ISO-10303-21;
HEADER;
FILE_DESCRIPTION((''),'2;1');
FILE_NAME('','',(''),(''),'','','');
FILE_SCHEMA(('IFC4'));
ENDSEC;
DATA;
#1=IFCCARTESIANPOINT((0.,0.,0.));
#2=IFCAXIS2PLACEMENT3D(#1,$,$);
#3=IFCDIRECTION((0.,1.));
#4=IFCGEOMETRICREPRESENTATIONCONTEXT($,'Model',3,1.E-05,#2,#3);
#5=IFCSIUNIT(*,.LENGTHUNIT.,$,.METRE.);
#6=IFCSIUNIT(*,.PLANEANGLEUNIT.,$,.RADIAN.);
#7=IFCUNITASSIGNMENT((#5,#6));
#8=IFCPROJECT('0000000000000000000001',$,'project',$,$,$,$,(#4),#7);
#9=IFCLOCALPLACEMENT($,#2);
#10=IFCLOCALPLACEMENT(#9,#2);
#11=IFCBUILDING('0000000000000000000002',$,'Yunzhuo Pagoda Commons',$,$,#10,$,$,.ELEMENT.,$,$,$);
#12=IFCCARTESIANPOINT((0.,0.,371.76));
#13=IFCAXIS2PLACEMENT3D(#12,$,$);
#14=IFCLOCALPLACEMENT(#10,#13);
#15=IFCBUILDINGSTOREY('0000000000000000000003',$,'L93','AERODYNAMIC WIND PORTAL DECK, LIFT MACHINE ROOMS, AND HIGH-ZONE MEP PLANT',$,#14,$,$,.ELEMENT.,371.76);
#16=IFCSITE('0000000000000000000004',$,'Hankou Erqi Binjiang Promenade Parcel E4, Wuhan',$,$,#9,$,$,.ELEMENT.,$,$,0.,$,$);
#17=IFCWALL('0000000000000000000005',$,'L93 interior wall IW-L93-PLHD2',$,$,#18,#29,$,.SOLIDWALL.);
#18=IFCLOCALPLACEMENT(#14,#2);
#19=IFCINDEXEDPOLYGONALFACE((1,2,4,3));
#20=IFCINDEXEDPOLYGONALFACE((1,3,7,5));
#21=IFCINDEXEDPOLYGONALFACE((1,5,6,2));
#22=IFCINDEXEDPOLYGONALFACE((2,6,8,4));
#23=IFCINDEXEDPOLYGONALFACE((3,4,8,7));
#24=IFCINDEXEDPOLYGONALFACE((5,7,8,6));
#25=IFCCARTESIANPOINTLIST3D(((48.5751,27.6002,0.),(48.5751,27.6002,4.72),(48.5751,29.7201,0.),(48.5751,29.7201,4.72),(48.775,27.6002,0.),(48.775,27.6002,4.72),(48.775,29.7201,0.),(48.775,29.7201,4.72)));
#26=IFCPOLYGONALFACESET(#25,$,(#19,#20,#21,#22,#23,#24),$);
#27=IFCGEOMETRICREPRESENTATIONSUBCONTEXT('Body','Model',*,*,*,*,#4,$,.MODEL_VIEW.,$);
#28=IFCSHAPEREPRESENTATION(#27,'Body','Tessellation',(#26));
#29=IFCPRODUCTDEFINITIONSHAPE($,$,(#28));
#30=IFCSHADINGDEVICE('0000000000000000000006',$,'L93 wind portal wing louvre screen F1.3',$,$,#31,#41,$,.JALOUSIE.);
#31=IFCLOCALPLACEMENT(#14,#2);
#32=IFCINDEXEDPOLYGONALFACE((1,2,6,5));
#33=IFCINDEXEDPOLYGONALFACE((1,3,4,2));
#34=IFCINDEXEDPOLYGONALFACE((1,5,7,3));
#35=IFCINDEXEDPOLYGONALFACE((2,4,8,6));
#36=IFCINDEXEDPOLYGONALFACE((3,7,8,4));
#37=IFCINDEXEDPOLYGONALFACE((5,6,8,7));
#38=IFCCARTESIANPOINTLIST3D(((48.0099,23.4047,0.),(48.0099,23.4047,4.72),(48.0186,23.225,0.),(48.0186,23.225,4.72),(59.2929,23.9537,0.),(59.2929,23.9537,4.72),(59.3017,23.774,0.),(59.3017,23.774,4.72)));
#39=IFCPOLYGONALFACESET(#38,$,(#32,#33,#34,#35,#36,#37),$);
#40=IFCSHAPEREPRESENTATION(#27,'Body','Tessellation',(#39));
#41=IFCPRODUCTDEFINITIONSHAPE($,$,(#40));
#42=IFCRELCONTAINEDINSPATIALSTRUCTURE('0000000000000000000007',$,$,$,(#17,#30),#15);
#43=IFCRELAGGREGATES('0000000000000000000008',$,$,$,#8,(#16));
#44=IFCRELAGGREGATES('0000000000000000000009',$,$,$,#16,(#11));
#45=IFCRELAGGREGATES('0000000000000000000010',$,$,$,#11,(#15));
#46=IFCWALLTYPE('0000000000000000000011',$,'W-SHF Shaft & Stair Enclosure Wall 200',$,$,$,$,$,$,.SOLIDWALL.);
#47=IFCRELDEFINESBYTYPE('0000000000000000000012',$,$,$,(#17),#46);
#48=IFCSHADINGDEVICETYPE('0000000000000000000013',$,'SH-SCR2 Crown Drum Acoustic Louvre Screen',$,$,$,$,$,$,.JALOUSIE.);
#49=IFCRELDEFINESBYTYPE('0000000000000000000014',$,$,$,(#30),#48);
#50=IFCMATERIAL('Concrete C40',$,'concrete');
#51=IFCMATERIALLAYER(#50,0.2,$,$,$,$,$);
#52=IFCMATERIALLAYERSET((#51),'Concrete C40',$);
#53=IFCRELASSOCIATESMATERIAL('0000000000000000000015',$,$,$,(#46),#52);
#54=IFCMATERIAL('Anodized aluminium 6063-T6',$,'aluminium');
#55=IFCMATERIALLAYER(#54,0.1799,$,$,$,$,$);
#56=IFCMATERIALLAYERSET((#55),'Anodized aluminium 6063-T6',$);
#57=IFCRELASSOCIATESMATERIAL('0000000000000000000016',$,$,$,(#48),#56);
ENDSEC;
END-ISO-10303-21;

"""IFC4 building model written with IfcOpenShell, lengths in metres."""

from ifc_helpers import new_model, si_unit, direction, frame, frame_2d, origin, origin_2d, place, context, subcontext, project, spatial, rectangle, extrude, source, transform, mapped, material, layer, layer_set, type_object, element, save


model = new_model("IFC4")

# Units and contexts
model_context = context("Model", 3, precision=1e-05, world=origin(), true_north=direction((0.0, 1.0)))
body_context = subcontext(model_context, "Body", "Model", "MODEL_VIEW")
ifc_project = project(units=[si_unit("LENGTHUNIT", "METRE"), si_unit("PLANEANGLEUNIT", "RADIAN")], contexts=[model_context])

# Site, building, storey
site_placement = place(None, origin())
site = spatial("IfcSite", under=ifc_project, at=site_placement, Name="Hankou Erqi Binjiang Promenade Parcel E4, Wuhan", CompositionType="ELEMENT", RefElevation=0.0)
building_placement = place(site_placement, origin())
building = spatial("IfcBuilding", under=site, at=building_placement, Name="Yunzhuo Pagoda Commons", CompositionType="ELEMENT")
storey_placement = place(building_placement, frame((0.0, 0.0, 371.76)))
storey = spatial("IfcBuildingStorey", under=building, at=storey_placement, Name="L93", Description="AERODYNAMIC WIND PORTAL DECK, LIFT MACHINE ROOMS, AND HIGH-ZONE MEP PLANT", CompositionType="ELEMENT", Elevation=371.76)

# Shared definitions
ifc_material_1 = material(Name="Concrete C40", Category="concrete")
ifc_layer_1 = layer(ifc_material_1, 0.2)
ifc_layer_set_1 = layer_set([ifc_layer_1], Name="Concrete C40")
wall_type_1 = type_object("IfcWallType", Name="W-SHF Shaft & Stair Enclosure Wall 200", PredefinedType="SOLIDWALL", material=ifc_layer_set_1)

# Wall
for number, where, z_axis, x_axis, name in (
    (1, (48.675, 27.6001, 0.0), (0.0, 0.0, 1.0), (0.0, 1.0, 0.0), "L93 interior wall IW-L93-PLHD2"),
):
    element("IfcWall", number, at=place(storey_placement, frame(where, z_axis=z_axis, x_axis=x_axis)), inside=storey, type_object=wall_type_1, Name=name, PredefinedType="SOLIDWALL", context=body_context, shape_type="SweptSolid", body=[
        extrude(rectangle(XDim=2.1199, YDim=0.2, at=frame_2d((1.0601, 0.0))), origin(), (0.0, 0.0, 1.0), 4.72),
    ])

# Shading device
ifc_material_2 = material(Name="Anodized aluminium 6063-T6", Category="aluminium")
ifc_layer_2 = layer(ifc_material_2, 0.1799)
ifc_layer_set_2 = layer_set([ifc_layer_2], Name="Anodized aluminium 6063-T6")
shading_device_type = type_object("IfcShadingDeviceType", Name="SH-SCR2 Crown Drum Acoustic Louvre Screen", PredefinedType="JALOUSIE", material=ifc_layer_set_2)
shared_shape_1 = source(origin(), body_context, "Body", "SweptSolid", [
    extrude(rectangle(XDim=11.2964, YDim=0.1799, at=origin_2d()), origin(), (0.0, 0.0, 1.0), 4.72),
])
shading_device_placement = place(storey_placement, frame((53.6558, 23.5894, 0.0), z_axis=(0.0, 0.0, 1.0), x_axis=(0.998818, 0.048606, 0.0)))
element("IfcShadingDevice", 2, at=shading_device_placement, inside=storey, type_object=shading_device_type, Name="L93 wind portal wing louvre screen F1.3", PredefinedType="JALOUSIE", context=body_context, shape_type="MappedRepresentation", body=[
    mapped(shared_shape_1, transform((0.0, 0.0, 0.0), scale=1.0)),
])

save(model, "model.ifc")
